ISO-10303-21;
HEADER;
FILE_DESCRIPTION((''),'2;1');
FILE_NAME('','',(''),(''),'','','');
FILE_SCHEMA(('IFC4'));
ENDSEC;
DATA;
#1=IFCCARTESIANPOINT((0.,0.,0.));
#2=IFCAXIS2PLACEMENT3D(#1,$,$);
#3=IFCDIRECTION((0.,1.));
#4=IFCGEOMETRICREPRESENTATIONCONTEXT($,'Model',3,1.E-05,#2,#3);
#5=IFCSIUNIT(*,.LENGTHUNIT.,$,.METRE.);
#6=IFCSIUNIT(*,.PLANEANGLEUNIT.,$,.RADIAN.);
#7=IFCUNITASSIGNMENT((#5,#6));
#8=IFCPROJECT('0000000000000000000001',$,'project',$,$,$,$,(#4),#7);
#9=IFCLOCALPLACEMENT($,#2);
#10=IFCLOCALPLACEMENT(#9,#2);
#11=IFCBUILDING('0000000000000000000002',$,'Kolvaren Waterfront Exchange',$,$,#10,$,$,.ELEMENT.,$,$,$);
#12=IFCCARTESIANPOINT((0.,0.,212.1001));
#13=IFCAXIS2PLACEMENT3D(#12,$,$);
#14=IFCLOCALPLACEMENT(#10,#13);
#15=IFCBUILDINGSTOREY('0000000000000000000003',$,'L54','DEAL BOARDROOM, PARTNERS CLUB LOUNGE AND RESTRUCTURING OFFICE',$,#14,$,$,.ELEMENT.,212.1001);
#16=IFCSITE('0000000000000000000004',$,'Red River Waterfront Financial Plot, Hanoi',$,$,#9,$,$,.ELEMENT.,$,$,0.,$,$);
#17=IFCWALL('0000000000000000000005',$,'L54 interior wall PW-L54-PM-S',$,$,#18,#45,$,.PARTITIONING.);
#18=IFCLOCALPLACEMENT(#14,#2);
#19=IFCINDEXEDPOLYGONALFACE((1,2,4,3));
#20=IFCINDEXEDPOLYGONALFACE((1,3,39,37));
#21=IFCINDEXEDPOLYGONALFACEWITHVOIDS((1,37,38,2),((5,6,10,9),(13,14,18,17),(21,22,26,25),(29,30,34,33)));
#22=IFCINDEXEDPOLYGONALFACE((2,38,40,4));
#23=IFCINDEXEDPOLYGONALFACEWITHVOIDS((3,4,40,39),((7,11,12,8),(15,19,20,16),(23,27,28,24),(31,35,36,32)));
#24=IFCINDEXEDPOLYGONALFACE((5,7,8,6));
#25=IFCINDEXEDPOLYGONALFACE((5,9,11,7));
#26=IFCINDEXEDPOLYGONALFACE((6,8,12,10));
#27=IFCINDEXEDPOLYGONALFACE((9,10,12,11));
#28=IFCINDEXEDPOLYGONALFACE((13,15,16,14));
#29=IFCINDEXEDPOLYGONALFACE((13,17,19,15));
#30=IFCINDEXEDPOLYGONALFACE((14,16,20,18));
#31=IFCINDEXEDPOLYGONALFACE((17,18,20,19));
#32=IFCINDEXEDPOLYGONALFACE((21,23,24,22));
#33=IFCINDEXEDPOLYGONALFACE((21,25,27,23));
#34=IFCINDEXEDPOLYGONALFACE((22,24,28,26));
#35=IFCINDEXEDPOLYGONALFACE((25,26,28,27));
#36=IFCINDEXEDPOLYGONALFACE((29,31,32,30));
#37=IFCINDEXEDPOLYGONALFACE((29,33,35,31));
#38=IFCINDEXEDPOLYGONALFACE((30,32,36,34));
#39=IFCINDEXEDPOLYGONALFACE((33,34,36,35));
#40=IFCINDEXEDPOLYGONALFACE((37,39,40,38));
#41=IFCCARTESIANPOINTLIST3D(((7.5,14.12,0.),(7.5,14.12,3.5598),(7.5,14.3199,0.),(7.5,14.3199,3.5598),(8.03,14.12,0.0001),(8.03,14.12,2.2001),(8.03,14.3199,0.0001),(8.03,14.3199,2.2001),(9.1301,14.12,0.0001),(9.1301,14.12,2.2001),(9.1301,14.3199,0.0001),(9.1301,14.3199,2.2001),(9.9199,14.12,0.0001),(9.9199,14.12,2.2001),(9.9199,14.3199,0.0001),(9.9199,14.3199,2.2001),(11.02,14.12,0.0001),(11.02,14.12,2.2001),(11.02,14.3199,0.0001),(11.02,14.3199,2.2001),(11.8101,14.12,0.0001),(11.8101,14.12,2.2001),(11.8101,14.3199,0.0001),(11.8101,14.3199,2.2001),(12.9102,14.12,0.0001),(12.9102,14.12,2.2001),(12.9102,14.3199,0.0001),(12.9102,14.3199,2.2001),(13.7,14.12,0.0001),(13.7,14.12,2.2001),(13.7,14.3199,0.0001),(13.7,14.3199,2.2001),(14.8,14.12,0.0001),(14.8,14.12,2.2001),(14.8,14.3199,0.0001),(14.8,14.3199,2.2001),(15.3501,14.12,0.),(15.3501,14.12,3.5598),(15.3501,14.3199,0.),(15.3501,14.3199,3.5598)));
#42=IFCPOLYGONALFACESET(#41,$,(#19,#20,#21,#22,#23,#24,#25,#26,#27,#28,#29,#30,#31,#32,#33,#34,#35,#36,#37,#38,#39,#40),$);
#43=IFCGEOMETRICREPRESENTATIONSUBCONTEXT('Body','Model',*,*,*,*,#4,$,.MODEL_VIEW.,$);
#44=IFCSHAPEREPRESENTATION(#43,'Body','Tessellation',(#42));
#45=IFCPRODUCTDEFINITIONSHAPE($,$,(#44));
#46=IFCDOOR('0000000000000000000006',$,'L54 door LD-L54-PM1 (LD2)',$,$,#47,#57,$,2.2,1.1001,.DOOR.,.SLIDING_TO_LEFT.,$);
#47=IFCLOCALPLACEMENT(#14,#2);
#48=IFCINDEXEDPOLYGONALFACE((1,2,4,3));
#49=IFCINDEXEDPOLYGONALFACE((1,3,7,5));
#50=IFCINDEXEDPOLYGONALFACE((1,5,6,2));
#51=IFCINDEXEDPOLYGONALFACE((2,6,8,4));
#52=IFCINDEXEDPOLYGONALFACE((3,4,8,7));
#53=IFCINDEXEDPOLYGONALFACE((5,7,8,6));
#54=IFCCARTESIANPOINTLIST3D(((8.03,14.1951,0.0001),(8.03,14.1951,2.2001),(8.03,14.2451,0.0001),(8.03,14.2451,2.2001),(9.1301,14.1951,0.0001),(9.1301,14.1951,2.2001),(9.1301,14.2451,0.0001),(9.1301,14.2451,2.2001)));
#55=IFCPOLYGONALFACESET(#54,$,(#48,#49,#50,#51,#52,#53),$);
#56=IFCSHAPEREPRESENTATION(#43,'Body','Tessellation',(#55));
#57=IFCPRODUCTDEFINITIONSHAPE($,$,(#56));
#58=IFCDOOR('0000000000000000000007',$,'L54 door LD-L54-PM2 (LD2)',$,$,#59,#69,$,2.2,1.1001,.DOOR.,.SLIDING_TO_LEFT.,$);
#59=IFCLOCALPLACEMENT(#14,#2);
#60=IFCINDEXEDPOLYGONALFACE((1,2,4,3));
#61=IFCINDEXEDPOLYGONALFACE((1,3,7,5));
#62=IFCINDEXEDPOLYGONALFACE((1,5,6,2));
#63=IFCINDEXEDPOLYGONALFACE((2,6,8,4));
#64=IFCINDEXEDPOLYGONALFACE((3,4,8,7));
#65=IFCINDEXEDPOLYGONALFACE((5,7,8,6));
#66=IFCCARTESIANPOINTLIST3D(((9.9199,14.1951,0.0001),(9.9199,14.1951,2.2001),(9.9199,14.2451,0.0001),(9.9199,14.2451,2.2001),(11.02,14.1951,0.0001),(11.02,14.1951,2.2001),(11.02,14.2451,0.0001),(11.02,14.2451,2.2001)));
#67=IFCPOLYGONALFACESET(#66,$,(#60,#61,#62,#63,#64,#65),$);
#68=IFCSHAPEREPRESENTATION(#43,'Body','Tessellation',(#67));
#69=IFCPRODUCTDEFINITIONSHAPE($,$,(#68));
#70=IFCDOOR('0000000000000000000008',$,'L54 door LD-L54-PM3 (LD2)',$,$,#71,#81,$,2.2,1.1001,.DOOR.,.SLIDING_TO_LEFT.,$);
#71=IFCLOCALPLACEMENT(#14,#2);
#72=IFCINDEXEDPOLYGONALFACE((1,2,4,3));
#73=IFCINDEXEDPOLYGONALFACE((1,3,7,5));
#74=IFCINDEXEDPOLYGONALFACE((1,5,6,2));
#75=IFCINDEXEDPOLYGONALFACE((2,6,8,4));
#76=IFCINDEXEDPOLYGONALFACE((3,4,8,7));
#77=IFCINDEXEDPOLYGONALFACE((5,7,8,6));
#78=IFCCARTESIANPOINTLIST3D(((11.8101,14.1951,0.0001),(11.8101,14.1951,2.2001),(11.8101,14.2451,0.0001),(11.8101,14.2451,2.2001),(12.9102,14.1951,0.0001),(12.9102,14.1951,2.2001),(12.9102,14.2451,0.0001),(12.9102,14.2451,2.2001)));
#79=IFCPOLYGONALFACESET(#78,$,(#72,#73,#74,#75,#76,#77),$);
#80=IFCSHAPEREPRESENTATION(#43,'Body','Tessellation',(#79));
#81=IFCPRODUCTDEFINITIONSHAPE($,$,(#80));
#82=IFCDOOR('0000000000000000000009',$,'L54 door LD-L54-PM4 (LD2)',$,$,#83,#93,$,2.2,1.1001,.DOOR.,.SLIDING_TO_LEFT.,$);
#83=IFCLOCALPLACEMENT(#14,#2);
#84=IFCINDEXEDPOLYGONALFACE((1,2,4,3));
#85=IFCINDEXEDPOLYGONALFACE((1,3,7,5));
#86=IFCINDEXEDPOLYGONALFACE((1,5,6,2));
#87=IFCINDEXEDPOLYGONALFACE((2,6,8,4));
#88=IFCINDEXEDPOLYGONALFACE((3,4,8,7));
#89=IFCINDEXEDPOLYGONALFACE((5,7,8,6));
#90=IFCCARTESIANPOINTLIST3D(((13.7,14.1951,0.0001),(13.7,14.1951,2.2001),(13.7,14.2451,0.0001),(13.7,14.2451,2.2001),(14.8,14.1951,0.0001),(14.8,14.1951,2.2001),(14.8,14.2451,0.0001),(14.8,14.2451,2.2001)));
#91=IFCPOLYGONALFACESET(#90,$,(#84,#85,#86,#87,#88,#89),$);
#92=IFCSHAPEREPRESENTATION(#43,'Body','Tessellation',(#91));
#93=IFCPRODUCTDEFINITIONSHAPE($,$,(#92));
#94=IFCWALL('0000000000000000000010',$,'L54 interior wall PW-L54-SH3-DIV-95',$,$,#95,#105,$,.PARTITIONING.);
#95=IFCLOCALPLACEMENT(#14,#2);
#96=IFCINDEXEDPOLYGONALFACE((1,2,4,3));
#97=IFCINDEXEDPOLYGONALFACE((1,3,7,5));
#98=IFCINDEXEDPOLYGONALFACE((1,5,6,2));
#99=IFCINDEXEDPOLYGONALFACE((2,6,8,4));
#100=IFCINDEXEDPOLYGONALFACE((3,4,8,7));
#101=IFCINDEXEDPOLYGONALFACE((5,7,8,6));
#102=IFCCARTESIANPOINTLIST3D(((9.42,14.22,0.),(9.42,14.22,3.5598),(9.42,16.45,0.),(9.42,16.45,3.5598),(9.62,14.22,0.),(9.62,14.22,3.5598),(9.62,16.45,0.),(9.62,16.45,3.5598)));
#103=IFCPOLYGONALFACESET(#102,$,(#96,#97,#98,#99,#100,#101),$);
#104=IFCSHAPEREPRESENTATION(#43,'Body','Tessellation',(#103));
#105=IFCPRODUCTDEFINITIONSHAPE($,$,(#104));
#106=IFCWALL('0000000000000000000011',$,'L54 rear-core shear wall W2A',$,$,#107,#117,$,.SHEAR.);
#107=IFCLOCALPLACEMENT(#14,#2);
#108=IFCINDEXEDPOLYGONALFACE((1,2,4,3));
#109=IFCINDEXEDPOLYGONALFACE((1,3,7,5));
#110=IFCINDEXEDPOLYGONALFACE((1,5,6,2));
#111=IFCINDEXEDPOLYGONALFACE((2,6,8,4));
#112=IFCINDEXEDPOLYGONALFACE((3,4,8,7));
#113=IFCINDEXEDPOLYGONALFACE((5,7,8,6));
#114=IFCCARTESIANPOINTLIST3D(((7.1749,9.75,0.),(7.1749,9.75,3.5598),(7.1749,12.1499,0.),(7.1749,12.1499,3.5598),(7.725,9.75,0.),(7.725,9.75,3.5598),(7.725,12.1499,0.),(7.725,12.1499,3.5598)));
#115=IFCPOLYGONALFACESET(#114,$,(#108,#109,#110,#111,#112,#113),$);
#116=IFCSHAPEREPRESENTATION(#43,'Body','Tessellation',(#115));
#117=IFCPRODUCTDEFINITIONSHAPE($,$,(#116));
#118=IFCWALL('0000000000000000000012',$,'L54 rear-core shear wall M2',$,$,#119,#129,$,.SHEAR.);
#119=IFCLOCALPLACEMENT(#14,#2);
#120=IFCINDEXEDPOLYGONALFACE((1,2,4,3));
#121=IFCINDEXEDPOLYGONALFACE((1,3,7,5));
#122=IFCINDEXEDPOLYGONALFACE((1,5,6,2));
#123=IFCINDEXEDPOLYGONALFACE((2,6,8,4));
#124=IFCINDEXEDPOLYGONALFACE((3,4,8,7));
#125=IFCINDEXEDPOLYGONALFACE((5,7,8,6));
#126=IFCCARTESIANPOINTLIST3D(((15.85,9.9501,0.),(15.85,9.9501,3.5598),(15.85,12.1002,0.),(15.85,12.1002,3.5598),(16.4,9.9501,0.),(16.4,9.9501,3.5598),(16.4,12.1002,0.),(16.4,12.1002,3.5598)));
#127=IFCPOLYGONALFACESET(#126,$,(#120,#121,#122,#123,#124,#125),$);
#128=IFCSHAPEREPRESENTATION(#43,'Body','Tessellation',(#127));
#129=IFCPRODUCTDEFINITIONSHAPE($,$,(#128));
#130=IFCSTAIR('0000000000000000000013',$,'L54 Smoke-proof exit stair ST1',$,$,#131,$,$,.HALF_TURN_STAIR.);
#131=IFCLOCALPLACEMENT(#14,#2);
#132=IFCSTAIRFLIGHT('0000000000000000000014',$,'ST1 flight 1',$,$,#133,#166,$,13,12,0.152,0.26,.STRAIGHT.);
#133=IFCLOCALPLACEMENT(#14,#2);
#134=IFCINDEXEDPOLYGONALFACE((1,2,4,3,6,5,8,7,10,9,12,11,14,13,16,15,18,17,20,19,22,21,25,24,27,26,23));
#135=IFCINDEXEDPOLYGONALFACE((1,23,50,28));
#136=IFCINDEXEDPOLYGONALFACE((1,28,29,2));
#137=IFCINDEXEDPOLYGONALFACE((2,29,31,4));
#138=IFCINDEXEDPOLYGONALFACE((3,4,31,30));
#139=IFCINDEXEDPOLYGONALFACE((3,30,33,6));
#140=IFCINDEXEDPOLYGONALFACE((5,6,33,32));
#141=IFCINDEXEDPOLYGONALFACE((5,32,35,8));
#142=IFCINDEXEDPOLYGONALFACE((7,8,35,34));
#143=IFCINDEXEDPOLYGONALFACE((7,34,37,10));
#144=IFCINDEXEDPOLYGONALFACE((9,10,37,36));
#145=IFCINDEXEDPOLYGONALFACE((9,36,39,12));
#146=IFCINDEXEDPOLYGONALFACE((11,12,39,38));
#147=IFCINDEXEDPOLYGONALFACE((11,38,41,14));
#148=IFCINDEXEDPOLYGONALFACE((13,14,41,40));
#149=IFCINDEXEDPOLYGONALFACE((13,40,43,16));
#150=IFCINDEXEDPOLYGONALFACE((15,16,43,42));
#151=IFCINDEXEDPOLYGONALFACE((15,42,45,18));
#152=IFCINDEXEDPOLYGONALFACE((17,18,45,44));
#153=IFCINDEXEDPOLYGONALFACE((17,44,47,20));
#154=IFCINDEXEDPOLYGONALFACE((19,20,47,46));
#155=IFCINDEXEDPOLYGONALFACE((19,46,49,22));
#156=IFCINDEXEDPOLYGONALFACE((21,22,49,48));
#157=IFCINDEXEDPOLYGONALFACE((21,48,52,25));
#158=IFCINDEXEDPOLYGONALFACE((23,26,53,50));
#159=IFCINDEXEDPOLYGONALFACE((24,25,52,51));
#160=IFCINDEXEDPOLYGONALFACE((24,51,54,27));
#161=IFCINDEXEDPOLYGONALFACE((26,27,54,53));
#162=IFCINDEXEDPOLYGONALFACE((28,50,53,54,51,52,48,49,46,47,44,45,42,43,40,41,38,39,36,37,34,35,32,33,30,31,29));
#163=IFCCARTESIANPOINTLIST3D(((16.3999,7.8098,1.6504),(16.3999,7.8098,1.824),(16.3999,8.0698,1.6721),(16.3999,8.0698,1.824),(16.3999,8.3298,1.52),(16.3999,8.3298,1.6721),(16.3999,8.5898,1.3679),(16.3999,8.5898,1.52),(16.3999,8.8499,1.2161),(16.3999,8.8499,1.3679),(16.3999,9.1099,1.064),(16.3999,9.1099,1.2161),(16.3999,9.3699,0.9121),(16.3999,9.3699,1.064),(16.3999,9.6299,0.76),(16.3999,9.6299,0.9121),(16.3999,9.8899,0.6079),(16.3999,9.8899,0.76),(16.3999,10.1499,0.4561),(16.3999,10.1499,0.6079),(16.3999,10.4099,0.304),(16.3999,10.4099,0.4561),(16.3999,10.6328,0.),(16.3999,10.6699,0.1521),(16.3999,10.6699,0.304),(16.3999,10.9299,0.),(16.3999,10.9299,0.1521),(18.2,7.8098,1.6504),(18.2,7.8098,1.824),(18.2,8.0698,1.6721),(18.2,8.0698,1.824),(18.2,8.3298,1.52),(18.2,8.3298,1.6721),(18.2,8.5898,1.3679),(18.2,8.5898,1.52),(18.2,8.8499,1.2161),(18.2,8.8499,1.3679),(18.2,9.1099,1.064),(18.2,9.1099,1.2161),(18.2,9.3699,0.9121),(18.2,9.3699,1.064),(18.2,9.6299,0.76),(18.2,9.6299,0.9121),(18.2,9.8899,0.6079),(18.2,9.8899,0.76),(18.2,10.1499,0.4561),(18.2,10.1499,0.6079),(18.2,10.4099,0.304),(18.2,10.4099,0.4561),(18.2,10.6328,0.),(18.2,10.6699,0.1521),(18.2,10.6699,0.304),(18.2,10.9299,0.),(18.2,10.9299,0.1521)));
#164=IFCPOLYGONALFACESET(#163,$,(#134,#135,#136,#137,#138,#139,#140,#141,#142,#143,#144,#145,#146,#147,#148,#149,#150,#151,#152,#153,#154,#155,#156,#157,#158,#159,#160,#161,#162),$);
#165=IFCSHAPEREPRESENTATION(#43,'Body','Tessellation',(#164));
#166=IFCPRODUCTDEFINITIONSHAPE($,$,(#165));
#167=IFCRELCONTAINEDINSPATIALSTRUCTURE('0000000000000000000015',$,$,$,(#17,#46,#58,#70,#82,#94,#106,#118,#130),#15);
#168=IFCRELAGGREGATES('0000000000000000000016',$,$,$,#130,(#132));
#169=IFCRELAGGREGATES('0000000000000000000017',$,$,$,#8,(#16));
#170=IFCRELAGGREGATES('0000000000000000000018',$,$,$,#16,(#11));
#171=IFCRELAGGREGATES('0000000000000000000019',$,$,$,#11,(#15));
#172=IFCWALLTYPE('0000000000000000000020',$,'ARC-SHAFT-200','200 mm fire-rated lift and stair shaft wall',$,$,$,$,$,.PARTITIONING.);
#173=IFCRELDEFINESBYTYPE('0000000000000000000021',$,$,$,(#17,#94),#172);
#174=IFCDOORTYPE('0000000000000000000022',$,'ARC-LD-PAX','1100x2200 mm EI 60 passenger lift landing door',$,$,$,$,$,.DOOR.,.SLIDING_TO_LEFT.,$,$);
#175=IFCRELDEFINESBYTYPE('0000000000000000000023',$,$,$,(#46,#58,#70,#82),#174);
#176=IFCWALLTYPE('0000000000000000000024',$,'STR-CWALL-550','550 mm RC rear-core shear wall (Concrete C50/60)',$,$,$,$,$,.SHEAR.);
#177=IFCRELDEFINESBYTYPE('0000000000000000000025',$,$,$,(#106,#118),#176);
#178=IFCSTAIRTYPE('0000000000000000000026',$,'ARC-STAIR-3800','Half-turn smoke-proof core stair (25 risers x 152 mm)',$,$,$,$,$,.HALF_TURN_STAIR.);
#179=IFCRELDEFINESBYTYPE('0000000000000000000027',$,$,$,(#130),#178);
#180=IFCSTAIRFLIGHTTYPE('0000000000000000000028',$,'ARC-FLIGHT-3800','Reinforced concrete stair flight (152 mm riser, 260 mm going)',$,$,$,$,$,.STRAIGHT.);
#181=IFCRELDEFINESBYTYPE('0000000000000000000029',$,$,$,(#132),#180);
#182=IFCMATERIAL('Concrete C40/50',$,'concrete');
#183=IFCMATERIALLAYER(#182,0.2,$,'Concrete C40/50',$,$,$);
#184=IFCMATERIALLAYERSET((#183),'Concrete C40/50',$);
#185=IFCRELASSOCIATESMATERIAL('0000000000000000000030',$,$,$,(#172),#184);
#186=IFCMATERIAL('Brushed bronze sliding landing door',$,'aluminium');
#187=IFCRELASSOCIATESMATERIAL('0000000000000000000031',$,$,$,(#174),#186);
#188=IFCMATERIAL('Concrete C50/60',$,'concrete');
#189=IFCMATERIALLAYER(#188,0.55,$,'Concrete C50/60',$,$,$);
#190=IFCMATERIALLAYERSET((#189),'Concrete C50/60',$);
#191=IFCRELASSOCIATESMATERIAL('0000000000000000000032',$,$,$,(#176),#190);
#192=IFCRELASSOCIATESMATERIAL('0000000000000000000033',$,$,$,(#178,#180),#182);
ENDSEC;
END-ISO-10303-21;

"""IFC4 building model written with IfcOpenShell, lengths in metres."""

from ifc_helpers import new_model, si_unit, direction, frame, frame_2d, origin, place, context, subcontext, project, spatial, polyline, rectangle, outline, extrude, material, layer, layer_set, type_object, element, fill, aggregate, save


model = new_model("IFC4")

# Units and contexts
model_context = context("Model", 3, precision=1e-05, world=origin(), true_north=direction((0.0, 1.0)))
body_context = subcontext(model_context, "Body", "Model", "MODEL_VIEW")
ifc_project = project(units=[si_unit("LENGTHUNIT", "METRE"), si_unit("PLANEANGLEUNIT", "RADIAN")], contexts=[model_context])

# Site, building, storey
site_placement = place(None, origin())
site = spatial("IfcSite", under=ifc_project, at=site_placement, Name="Red River Waterfront Financial Plot, Hanoi", CompositionType="ELEMENT", RefElevation=0.0)
building_placement = place(site_placement, origin())
building = spatial("IfcBuilding", under=site, at=building_placement, Name="Kolvaren Waterfront Exchange", CompositionType="ELEMENT")
storey_placement = place(building_placement, frame((0.0, 0.0, 212.1001)))
storey = spatial("IfcBuildingStorey", under=building, at=storey_placement, Name="L54", Description="DEAL BOARDROOM, PARTNERS CLUB LOUNGE AND RESTRUCTURING OFFICE", CompositionType="ELEMENT", Elevation=212.1001)

# Wall, openings, doors
ifc_material_1 = material(Name="Concrete C40/50", Category="concrete")
ifc_layer_1 = layer(ifc_material_1, 0.2, Name="Concrete C40/50")
ifc_layer_set_1 = layer_set([ifc_layer_1], Name="Concrete C40/50")
wall_type_1 = type_object("IfcWallType", Name="ARC-SHAFT-200", Description="200 mm fire-rated lift and stair shaft wall", PredefinedType="PARTITIONING", material=ifc_layer_set_1)
wall_1_placement = place(storey_placement, frame((7.5, 14.22, 0.0), z_axis=(0.0, 0.0, 1.0), x_axis=(1.0, 0.0, 0.0)))
wall_1 = element("IfcWall", 1, at=wall_1_placement, inside=storey, type_object=wall_type_1, Name="L54 interior wall PW-L54-PM-S", PredefinedType="PARTITIONING", context=body_context, shape_type="SweptSolid", body=[
    extrude(rectangle(XDim=7.8501, YDim=0.2, at=frame_2d((3.925, 0.0))), origin(), (0.0, 0.0, 1.0), 3.5598),
])
opening_1_placement = place(wall_1_placement, frame((0.53, 0.0, 0.0)))
opening_1 = element("IfcOpeningElement", 2, at=opening_1_placement, cuts=wall_1, PredefinedType="OPENING", context=body_context, shape_type="SweptSolid", body=[
    extrude(rectangle(XDim=1.1001, YDim=2.2, at=frame_2d((0.55, 1.1001))), frame((0.0, 0.1099, 0.0), z_axis=(0.0, -1.0, 0.0), x_axis=(1.0, 0.0, 0.0)), (0.0, 0.0, 1.0), 0.22),
])
opening_2_placement = place(wall_1_placement, frame((2.4199, 0.0, 0.0)))
opening_2 = element("IfcOpeningElement", 3, at=opening_2_placement, cuts=wall_1, PredefinedType="OPENING", context=body_context, shape_type="SweptSolid", body=[
    extrude(rectangle(XDim=1.1001, YDim=2.2, at=frame_2d((0.55, 1.1001))), frame((0.0, 0.1099, 0.0), z_axis=(0.0, -1.0, 0.0), x_axis=(1.0, 0.0, 0.0)), (0.0, 0.0, 1.0), 0.22),
])
opening_3_placement = place(wall_1_placement, frame((4.3101, 0.0, 0.0)))
opening_3 = element("IfcOpeningElement", 4, at=opening_3_placement, cuts=wall_1, PredefinedType="OPENING", context=body_context, shape_type="SweptSolid", body=[
    extrude(rectangle(XDim=1.1001, YDim=2.2, at=frame_2d((0.55, 1.1001))), frame((0.0, 0.1099, 0.0), z_axis=(0.0, -1.0, 0.0), x_axis=(1.0, 0.0, 0.0)), (0.0, 0.0, 1.0), 0.22),
])
opening_4_placement = place(wall_1_placement, frame((6.2, 0.0, 0.0)))
opening_4 = element("IfcOpeningElement", 5, at=opening_4_placement, cuts=wall_1, PredefinedType="OPENING", context=body_context, shape_type="SweptSolid", body=[
    extrude(rectangle(XDim=1.1001, YDim=2.2, at=frame_2d((0.55, 1.1001))), frame((0.0, 0.1099, 0.0), z_axis=(0.0, -1.0, 0.0), x_axis=(1.0, 0.0, 0.0)), (0.0, 0.0, 1.0), 0.22),
])
ifc_material_2 = material(Name="Brushed bronze sliding landing door", Category="aluminium")
door_type_1 = type_object("IfcDoorType", Name="ARC-LD-PAX", Description="1100x2200 mm EI 60 passenger lift landing door", OperationType="SLIDING_TO_LEFT", PredefinedType="DOOR", material=ifc_material_2)
door_1_placement = place(opening_1_placement, frame((1.1001, 0.0, 0.0), z_axis=(0.0, 0.0, 1.0), x_axis=(-1.0, 0.0, 0.0)))
door_1 = element("IfcDoor", 6, at=door_1_placement, inside=storey, type_object=door_type_1, Name="L54 door LD-L54-PM1 (LD2)", OperationType="SLIDING_TO_LEFT", OverallHeight=2.2, OverallWidth=1.1001, PredefinedType="DOOR", context=body_context, shape_type="SweptSolid", body=[
    extrude(rectangle(XDim=1.1001, YDim=2.2, at=frame_2d((0.55, 1.1001))), frame((0.0, 0.0249, 0.0), z_axis=(0.0, -1.0, 0.0), x_axis=(1.0, 0.0, 0.0)), (0.0, 0.0, 1.0), 0.05),
])
fill(opening_1, door_1)
door_2_placement = place(opening_2_placement, frame((1.1001, 0.0, 0.0), z_axis=(0.0, 0.0, 1.0), x_axis=(-1.0, 0.0, 0.0)))
door_2 = element("IfcDoor", 7, at=door_2_placement, inside=storey, type_object=door_type_1, Name="L54 door LD-L54-PM2 (LD2)", OperationType="SLIDING_TO_LEFT", OverallHeight=2.2, OverallWidth=1.1001, PredefinedType="DOOR", context=body_context, shape_type="SweptSolid", body=[
    extrude(rectangle(XDim=1.1001, YDim=2.2, at=frame_2d((0.55, 1.1001))), frame((0.0, 0.0249, 0.0), z_axis=(0.0, -1.0, 0.0), x_axis=(1.0, 0.0, 0.0)), (0.0, 0.0, 1.0), 0.05),
])
fill(opening_2, door_2)
door_3_placement = place(opening_3_placement, frame((1.1001, 0.0, 0.0), z_axis=(0.0, 0.0, 1.0), x_axis=(-1.0, 0.0, 0.0)))
door_3 = element("IfcDoor", 8, at=door_3_placement, inside=storey, type_object=door_type_1, Name="L54 door LD-L54-PM3 (LD2)", OperationType="SLIDING_TO_LEFT", OverallHeight=2.2, OverallWidth=1.1001, PredefinedType="DOOR", context=body_context, shape_type="SweptSolid", body=[
    extrude(rectangle(XDim=1.1001, YDim=2.2, at=frame_2d((0.55, 1.1001))), frame((0.0, 0.0249, 0.0), z_axis=(0.0, -1.0, 0.0), x_axis=(1.0, 0.0, 0.0)), (0.0, 0.0, 1.0), 0.05),
])
fill(opening_3, door_3)
door_4_placement = place(opening_4_placement, frame((1.1001, 0.0, 0.0), z_axis=(0.0, 0.0, 1.0), x_axis=(-1.0, 0.0, 0.0)))
door_4 = element("IfcDoor", 9, at=door_4_placement, inside=storey, type_object=door_type_1, Name="L54 door LD-L54-PM4 (LD2)", OperationType="SLIDING_TO_LEFT", OverallHeight=2.2, OverallWidth=1.1001, PredefinedType="DOOR", context=body_context, shape_type="SweptSolid", body=[
    extrude(rectangle(XDim=1.1001, YDim=2.2, at=frame_2d((0.55, 1.1001))), frame((0.0, 0.0249, 0.0), z_axis=(0.0, -1.0, 0.0), x_axis=(1.0, 0.0, 0.0)), (0.0, 0.0, 1.0), 0.05),
])
fill(opening_4, door_4)

# Walls
wall_2_placement = place(storey_placement, frame((9.52, 14.22, 0.0), z_axis=(0.0, 0.0, 1.0), x_axis=(0.0, 1.0, 0.0)))
element("IfcWall", 10, at=wall_2_placement, inside=storey, type_object=wall_type_1, Name="L54 interior wall PW-L54-SH3-DIV-95", PredefinedType="PARTITIONING", context=body_context, shape_type="SweptSolid", body=[
    extrude(rectangle(XDim=2.23, YDim=0.2, at=frame_2d((1.115, 0.0))), origin(), (0.0, 0.0, 1.0), 3.5598),
])
ifc_material_3 = material(Name="Concrete C50/60", Category="concrete")
ifc_layer_2 = layer(ifc_material_3, 0.55, Name="Concrete C50/60")
ifc_layer_set_2 = layer_set([ifc_layer_2], Name="Concrete C50/60")
wall_type_2 = type_object("IfcWallType", Name="STR-CWALL-550", Description="550 mm RC rear-core shear wall (Concrete C50/60)", PredefinedType="SHEAR", material=ifc_layer_set_2)
wall_3_placement = place(storey_placement, frame((7.45, 9.75, 0.0), z_axis=(0.0, 0.0, 1.0), x_axis=(0.0, 1.0, 0.0)))
element("IfcWall", 11, at=wall_3_placement, inside=storey, type_object=wall_type_2, Name="L54 rear-core shear wall W2A", PredefinedType="SHEAR", context=body_context, shape_type="SweptSolid", body=[
    extrude(rectangle(XDim=2.3999, YDim=0.55, at=frame_2d((1.2, 0.0))), origin(), (0.0, 0.0, 1.0), 3.5598),
])
wall_4_placement = place(storey_placement, frame((16.125, 9.95, 0.0), z_axis=(0.0, 0.0, 1.0), x_axis=(0.0, 1.0, 0.0)))
element("IfcWall", 12, at=wall_4_placement, inside=storey, type_object=wall_type_2, Name="L54 rear-core shear wall M2", PredefinedType="SHEAR", context=body_context, shape_type="SweptSolid", body=[
    extrude(rectangle(XDim=2.1501, YDim=0.55, at=frame_2d((1.0752, 0.0))), origin(), (0.0, 0.0, 1.0), 3.5598),
])

# Stair, stair flight
stair_type = type_object("IfcStairType", Name="ARC-STAIR-3800", Description="Half-turn smoke-proof core stair (25 risers x 152 mm)", PredefinedType="HALF_TURN_STAIR", material=ifc_material_1)
stair_placement = place(storey_placement, origin())
stair = element("IfcStair", 13, at=stair_placement, inside=storey, type_object=stair_type, Name="L54 Smoke-proof exit stair ST1", PredefinedType="HALF_TURN_STAIR")
stair_flight_type = type_object("IfcStairFlightType", Name="ARC-FLIGHT-3800", Description="Reinforced concrete stair flight (152 mm riser, 260 mm going)", PredefinedType="STRAIGHT", material=ifc_material_1)
stair_flight_placement = place(storey_placement, frame((17.3, 10.9299, 0.0), z_axis=(0.0, 0.0, 1.0), x_axis=(0.0, -1.0, 0.0)))
stair_flight = element("IfcStairFlight", 14, at=stair_flight_placement, type_object=stair_flight_type, Name="ST1 flight 1", NumberOfRisers=13, NumberOfTreads=12, PredefinedType="STRAIGHT", RiserHeight=0.152, TreadLength=0.26, context=body_context, shape_type="SweptSolid", body=[
    extrude(outline(polyline([(0.0, 0.0), (0.0, 0.1521), (0.26, 0.1521), (0.26, 0.304), (0.52, 0.304), (0.52, 0.4561), (0.78, 0.4561), (0.78, 0.6079), (1.04, 0.6079), (1.04, 0.76), (1.3, 0.76), (1.3, 0.9121), (1.5601, 0.9121), (1.5601, 1.064), (1.8201, 1.064), (1.8201, 1.2161), (2.0801, 1.2161), (2.0801, 1.3679), (2.3401, 1.3679), (2.3401, 1.52), (2.6001, 1.52), (2.6001, 1.6721), (2.8601, 1.6721), (2.8601, 1.824), (3.1201, 1.824), (3.1201, 1.9761), (3.1201, 1.6504), (0.2971, 0.0), (0.0, 0.0)])), frame((0.0, 0.8999, 0.0), z_axis=(0.0, -1.0, 0.0), x_axis=(1.0, 0.0, 0.0)), (0.0, 0.0, 1.0), 1.8),
])
aggregate(stair, [stair_flight])

save(model, "model.ifc")
